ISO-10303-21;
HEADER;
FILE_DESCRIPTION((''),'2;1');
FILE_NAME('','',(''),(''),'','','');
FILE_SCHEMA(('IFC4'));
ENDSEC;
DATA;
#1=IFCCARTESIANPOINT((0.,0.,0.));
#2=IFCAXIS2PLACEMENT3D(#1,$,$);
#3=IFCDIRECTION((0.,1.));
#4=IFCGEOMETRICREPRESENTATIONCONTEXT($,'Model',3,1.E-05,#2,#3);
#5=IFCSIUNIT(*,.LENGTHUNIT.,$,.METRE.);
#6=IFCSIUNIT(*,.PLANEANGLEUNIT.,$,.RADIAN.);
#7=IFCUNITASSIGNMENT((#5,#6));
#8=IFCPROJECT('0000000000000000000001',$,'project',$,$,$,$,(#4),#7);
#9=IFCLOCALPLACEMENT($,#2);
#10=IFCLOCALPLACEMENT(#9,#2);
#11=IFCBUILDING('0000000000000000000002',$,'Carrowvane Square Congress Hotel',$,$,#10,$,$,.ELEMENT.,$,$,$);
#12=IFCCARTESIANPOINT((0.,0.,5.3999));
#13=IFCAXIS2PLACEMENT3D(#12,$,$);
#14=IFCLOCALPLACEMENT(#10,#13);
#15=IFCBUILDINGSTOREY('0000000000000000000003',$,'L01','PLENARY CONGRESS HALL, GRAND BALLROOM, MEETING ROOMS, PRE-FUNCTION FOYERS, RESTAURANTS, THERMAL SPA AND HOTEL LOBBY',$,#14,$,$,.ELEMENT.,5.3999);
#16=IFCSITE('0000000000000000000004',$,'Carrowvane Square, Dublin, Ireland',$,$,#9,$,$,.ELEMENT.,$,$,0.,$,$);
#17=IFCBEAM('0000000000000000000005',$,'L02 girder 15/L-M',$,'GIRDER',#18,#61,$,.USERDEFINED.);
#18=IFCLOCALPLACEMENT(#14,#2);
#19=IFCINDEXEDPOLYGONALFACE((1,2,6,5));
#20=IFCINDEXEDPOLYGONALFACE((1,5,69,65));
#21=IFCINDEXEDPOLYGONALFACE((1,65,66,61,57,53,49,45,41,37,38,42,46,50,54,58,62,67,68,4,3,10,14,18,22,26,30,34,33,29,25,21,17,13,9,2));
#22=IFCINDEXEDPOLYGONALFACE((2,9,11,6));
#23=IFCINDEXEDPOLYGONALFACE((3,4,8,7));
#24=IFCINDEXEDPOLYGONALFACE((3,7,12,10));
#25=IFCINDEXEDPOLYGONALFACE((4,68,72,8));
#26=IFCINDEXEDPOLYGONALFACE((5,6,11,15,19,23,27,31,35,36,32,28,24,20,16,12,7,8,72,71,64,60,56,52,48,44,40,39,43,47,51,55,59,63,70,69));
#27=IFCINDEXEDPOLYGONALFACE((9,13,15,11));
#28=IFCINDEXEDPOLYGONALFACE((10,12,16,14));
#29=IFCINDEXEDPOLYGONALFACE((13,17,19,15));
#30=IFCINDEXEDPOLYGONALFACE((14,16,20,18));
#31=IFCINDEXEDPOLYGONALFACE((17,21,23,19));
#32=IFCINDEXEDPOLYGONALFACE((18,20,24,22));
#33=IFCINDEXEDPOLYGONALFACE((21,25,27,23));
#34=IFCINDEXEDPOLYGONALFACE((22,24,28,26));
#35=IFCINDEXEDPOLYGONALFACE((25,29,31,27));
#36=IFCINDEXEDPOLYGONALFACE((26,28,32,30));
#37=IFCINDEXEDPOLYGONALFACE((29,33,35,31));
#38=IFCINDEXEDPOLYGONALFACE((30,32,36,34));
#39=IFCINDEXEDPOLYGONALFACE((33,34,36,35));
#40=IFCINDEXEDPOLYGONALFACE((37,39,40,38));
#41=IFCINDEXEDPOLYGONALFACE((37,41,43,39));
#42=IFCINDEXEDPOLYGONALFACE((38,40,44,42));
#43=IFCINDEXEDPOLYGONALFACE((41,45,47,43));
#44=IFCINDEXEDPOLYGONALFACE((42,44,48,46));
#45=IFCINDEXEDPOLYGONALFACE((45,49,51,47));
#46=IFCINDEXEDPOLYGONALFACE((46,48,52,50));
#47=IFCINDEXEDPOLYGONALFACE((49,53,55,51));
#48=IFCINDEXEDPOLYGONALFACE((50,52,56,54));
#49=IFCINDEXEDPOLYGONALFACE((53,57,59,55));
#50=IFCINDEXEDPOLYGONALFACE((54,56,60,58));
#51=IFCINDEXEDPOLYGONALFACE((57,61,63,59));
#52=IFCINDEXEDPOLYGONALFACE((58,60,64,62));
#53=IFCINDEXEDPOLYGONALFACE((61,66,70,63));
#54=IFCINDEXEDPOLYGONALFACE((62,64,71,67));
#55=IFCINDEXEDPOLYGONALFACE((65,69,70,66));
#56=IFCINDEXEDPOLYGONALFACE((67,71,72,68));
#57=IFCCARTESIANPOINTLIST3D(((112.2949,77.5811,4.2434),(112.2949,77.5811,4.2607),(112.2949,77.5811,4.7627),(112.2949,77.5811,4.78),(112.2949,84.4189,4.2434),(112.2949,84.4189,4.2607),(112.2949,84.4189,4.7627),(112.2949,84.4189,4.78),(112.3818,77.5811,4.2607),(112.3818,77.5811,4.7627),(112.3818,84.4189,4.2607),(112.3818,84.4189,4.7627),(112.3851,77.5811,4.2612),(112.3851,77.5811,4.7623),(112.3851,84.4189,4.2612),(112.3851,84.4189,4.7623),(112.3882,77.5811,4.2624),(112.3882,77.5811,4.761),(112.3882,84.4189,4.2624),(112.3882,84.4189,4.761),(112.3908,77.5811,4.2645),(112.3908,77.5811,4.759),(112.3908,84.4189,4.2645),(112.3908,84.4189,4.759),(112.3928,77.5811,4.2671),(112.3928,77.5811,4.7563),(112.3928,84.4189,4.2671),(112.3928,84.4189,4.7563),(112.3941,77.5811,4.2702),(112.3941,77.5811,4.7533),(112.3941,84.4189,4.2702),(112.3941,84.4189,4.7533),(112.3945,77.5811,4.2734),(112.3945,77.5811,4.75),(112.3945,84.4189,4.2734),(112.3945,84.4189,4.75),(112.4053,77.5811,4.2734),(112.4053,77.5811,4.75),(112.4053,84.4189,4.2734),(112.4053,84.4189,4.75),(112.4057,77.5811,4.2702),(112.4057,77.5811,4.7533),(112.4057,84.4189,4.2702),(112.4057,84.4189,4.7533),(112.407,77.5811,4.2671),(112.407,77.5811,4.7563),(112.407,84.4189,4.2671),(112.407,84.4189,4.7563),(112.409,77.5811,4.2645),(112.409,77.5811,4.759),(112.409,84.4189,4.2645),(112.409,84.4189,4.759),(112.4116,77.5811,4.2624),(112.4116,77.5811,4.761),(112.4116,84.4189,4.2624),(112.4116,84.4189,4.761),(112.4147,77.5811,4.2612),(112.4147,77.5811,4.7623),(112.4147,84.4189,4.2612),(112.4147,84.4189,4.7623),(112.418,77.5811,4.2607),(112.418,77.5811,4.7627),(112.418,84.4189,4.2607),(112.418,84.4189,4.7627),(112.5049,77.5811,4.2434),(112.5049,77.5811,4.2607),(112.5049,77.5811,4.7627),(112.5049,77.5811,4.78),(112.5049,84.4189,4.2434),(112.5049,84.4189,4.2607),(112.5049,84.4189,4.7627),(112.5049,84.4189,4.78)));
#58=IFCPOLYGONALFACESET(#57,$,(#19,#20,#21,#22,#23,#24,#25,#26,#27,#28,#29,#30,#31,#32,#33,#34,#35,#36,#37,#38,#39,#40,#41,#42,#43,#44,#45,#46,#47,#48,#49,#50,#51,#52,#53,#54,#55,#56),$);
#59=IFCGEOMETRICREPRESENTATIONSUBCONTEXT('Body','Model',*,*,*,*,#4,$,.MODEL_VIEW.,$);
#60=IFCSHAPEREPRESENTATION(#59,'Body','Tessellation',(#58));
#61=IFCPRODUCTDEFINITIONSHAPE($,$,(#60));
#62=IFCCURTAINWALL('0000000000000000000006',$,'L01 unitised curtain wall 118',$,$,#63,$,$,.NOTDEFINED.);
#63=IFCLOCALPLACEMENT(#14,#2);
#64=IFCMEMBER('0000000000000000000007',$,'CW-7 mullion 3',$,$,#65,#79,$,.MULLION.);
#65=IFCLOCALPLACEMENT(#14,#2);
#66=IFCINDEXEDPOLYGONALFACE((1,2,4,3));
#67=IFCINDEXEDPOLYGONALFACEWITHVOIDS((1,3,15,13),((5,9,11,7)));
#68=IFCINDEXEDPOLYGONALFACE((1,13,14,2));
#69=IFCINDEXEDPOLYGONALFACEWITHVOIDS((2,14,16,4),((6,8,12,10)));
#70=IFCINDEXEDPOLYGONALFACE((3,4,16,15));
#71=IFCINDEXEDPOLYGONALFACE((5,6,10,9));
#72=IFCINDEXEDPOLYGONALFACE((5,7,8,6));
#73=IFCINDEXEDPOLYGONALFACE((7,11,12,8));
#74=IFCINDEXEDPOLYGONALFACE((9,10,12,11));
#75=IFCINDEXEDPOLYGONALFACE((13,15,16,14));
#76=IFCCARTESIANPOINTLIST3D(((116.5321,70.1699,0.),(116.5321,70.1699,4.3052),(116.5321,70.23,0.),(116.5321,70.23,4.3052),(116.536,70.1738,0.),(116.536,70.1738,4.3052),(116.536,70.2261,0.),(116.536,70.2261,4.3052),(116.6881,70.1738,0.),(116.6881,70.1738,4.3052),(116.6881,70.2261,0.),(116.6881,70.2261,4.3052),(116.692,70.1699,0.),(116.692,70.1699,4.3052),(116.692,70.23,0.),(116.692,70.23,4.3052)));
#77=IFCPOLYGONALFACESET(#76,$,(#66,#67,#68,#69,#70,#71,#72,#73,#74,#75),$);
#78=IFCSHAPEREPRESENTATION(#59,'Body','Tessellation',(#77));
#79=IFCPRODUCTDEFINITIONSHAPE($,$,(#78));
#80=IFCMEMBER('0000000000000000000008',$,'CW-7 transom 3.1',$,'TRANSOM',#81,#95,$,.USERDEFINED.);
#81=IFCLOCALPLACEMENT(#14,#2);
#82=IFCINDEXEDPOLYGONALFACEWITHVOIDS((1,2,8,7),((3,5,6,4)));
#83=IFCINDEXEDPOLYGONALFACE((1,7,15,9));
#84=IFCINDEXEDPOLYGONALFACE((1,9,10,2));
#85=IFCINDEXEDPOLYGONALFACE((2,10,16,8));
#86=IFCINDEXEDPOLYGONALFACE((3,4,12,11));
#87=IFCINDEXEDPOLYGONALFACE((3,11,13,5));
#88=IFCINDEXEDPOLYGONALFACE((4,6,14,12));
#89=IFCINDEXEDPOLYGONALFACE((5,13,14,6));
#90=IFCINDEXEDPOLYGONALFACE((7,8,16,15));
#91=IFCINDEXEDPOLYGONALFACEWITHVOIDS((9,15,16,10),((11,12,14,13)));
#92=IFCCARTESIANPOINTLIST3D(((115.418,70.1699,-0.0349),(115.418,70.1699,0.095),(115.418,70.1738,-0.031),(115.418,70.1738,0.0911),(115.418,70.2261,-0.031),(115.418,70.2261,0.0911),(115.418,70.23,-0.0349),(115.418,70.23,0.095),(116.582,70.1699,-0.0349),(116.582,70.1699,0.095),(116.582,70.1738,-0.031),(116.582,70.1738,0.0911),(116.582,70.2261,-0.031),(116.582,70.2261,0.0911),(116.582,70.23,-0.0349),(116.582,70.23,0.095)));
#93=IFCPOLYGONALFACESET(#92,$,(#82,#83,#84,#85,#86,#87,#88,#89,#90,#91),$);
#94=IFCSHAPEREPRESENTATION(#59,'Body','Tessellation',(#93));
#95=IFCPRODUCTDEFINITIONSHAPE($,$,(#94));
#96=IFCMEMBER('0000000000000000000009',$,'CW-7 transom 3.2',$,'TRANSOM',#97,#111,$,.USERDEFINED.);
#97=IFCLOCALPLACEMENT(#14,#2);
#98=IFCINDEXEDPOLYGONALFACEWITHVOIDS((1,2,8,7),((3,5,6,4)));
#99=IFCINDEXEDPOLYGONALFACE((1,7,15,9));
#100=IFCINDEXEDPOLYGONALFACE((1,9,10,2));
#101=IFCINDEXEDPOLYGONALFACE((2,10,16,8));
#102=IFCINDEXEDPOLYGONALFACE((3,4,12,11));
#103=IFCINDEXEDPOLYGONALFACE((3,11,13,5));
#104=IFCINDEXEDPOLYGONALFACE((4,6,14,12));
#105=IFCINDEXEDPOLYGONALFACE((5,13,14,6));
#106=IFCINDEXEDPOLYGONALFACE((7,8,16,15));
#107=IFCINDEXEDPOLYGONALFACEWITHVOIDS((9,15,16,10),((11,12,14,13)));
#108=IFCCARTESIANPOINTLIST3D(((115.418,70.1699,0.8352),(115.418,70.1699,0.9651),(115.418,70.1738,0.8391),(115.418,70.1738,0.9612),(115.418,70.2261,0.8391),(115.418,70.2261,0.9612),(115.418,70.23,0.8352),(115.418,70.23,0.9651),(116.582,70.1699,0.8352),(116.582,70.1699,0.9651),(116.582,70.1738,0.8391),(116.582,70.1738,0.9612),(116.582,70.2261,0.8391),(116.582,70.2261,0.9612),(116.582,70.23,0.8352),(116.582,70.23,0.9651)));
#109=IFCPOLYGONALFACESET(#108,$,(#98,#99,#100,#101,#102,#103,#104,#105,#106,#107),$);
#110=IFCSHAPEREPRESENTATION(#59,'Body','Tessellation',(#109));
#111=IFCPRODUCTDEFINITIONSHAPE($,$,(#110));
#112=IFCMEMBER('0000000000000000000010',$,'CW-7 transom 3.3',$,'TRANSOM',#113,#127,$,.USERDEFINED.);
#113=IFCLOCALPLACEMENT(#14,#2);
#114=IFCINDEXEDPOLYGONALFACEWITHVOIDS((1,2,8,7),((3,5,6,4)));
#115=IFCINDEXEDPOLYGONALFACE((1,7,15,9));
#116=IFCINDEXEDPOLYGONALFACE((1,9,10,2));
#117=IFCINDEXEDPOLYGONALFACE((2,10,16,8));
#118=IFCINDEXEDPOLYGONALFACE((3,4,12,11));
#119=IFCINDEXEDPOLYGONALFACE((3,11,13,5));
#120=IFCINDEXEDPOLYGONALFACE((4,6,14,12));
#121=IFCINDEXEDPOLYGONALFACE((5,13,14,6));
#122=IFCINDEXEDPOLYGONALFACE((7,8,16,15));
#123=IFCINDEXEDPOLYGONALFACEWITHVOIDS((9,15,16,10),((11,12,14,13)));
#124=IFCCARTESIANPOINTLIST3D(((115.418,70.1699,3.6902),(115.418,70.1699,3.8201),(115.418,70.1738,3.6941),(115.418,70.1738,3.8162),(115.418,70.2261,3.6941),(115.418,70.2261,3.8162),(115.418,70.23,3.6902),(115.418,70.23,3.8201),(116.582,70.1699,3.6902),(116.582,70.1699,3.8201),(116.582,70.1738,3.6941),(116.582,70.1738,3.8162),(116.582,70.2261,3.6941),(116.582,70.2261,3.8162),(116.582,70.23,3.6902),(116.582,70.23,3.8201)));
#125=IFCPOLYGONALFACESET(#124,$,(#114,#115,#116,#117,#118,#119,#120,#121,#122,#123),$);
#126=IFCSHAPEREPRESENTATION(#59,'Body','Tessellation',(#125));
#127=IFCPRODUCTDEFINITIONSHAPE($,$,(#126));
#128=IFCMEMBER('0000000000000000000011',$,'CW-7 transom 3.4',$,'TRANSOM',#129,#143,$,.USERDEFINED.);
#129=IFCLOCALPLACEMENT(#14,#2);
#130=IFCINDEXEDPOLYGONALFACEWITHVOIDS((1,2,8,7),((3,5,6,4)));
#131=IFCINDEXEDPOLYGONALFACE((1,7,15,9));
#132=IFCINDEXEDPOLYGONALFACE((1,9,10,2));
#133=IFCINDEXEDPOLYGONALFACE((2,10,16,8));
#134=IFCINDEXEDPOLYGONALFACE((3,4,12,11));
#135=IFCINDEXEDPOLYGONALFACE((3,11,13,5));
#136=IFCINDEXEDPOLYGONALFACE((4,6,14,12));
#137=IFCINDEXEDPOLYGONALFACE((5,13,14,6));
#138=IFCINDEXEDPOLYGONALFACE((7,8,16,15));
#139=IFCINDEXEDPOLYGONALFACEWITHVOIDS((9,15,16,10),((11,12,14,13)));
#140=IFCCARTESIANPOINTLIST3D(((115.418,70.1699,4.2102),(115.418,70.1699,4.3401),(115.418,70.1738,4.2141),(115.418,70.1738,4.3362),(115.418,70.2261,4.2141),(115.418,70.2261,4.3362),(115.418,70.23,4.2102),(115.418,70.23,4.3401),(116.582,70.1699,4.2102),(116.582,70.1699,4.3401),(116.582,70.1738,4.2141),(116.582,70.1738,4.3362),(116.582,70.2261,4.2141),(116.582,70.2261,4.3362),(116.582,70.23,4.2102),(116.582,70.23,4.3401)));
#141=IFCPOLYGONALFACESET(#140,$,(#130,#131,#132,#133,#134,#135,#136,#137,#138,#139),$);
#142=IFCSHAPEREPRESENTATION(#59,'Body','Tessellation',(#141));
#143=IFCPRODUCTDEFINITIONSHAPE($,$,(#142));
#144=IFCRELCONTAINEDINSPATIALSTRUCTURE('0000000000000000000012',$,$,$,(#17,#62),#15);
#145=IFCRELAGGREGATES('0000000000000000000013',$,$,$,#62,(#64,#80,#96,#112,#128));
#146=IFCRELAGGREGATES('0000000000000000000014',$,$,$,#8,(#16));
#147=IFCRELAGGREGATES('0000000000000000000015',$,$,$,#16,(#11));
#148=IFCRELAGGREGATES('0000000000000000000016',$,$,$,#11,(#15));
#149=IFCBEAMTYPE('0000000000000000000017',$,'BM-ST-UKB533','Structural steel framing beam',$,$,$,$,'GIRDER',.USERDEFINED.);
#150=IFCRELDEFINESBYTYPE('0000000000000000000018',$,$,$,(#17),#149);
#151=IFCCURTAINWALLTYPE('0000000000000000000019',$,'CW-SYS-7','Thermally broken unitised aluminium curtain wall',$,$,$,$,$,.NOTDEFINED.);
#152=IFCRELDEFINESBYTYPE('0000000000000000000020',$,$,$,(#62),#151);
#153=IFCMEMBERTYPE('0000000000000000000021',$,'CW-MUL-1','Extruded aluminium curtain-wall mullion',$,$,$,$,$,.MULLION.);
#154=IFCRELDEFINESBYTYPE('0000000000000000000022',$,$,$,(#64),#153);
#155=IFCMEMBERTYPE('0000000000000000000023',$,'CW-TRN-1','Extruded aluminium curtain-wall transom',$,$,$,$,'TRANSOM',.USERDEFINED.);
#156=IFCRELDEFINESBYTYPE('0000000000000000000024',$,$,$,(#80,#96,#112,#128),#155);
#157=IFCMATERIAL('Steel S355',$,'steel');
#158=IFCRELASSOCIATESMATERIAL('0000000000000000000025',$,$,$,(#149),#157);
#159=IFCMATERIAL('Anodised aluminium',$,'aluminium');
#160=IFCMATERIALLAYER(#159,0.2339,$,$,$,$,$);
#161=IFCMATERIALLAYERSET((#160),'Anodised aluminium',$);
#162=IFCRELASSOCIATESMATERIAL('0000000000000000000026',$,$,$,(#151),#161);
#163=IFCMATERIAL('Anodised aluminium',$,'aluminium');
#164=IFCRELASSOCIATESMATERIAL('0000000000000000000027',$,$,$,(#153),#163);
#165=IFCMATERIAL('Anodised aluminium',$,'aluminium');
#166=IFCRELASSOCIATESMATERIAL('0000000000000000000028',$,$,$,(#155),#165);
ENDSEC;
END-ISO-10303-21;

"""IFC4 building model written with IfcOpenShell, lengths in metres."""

from ifc_helpers import new_model, si_unit, direction, frame, origin, origin_2d, place, context, subcontext, project, spatial, hollow_rectangle, i_section, extrude, material, layer, layer_set, material_profile, profile_set, type_object, element, aggregate, save


model = new_model("IFC4")

# Units and contexts
model_context = context("Model", 3, precision=1e-05, world=origin(), true_north=direction((0.0, 1.0)))
body_context = subcontext(model_context, "Body", "Model", "MODEL_VIEW")
ifc_project = project(units=[si_unit("LENGTHUNIT", "METRE"), si_unit("PLANEANGLEUNIT", "RADIAN")], contexts=[model_context])

# Site, building, storey
site_placement = place(None, origin())
site = spatial("IfcSite", under=ifc_project, at=site_placement, Name="Carrowvane Square, Dublin, Ireland", CompositionType="ELEMENT", RefElevation=0.0)
building_placement = place(site_placement, origin())
building = spatial("IfcBuilding", under=site, at=building_placement, Name="Carrowvane Square Congress Hotel", CompositionType="ELEMENT")
storey_placement = place(building_placement, frame((0.0, 0.0, 5.3999)))
storey = spatial("IfcBuildingStorey", under=building, at=storey_placement, Name="L01", Description="PLENARY CONGRESS HALL, GRAND BALLROOM, MEETING ROOMS, PRE-FUNCTION FOYERS, RESTAURANTS, THERMAL SPA AND HOTEL LOBBY", CompositionType="ELEMENT", Elevation=5.3999)

# Beam
ifc_material_1 = material(Name="Steel S355", Category="steel")
ifc_material_profile_1 = material_profile(ifc_material_1, i_section(OverallWidth=0.21, OverallDepth=0.5366, WebThickness=0.0107, FlangeThickness=0.0173, FilletRadius=0.0127, at=origin_2d()), Name="UKB 533x210x101")
ifc_profile_set_1 = profile_set([ifc_material_profile_1], Name="Steel S355")
beam_type_1 = type_object("IfcBeamType", Name="BM-ST-UKB533", Description="Structural steel framing beam", ElementType="GIRDER", PredefinedType="USERDEFINED", material=ifc_profile_set_1)
for number, where, z_axis, x_axis, name in (
    (1, (112.3999, 77.5811, 4.5117), (0.0, 1.0, 0.0), (-1.0, 0.0, 0.0), "L02 girder 15/L-M"),
):
    element("IfcBeam", number, at=place(storey_placement, frame(where, z_axis=z_axis, x_axis=x_axis)), inside=storey, type_object=beam_type_1, Name=name, ObjectType="GIRDER", PredefinedType="USERDEFINED", context=body_context, shape_type="SweptSolid", body=[
        extrude(i_section(OverallWidth=0.21, OverallDepth=0.5366, WebThickness=0.0107, FlangeThickness=0.0173, FilletRadius=0.0127, at=origin_2d()), origin(), (0.0, 0.0, 1.0), 6.8379),
    ])

# Curtain wall, members
ifc_material_2 = material(Name="Anodised aluminium", Category="aluminium")
ifc_layer_1 = layer(ifc_material_2, 0.2339)
ifc_layer_set_1 = layer_set([ifc_layer_1], Name="Anodised aluminium")
curtain_wall_type = type_object("IfcCurtainWallType", Name="CW-SYS-7", Description="Thermally broken unitised aluminium curtain wall", PredefinedType="NOTDEFINED", material=ifc_layer_set_1)
curtain_wall_placement = place(storey_placement, origin())
curtain_wall = element("IfcCurtainWall", 2, at=curtain_wall_placement, inside=storey, type_object=curtain_wall_type, Name="L01 unitised curtain wall 118", PredefinedType="NOTDEFINED")
ifc_material_3 = material(Name="Anodised aluminium", Category="aluminium")
ifc_material_profile_2 = material_profile(ifc_material_3, hollow_rectangle(XDim=0.0601, YDim=0.1599, WallThickness=0.0039, at=origin_2d()), Name="CW-ML 60x160x4")
ifc_profile_set_2 = profile_set([ifc_material_profile_2], Name="Anodised aluminium")
member_type_1 = type_object("IfcMemberType", Name="CW-MUL-1", Description="Extruded aluminium curtain-wall mullion", PredefinedType="MULLION", material=ifc_profile_set_2)
member_1_placement = place(storey_placement, frame((116.6121, 70.2, 0.0), z_axis=(0.0, 0.0, 1.0), x_axis=(0.0, -1.0, 0.0)))
member_1 = element("IfcMember", 3, at=member_1_placement, type_object=member_type_1, Name="CW-7 mullion 3", PredefinedType="MULLION", context=body_context, shape_type="SweptSolid", body=[
    extrude(hollow_rectangle(XDim=0.0601, YDim=0.1599, WallThickness=0.0039, at=origin_2d()), origin(), (0.0, 0.0, 1.0), 4.3052),
])
ifc_material_4 = material(Name="Anodised aluminium", Category="aluminium")
ifc_material_profile_3 = material_profile(ifc_material_4, hollow_rectangle(XDim=0.0601, YDim=0.1299, WallThickness=0.0039, at=origin_2d()), Name="CW-TR 60x130x4")
ifc_profile_set_3 = profile_set([ifc_material_profile_3], Name="Anodised aluminium")
member_type_2 = type_object("IfcMemberType", Name="CW-TRN-1", Description="Extruded aluminium curtain-wall transom", ElementType="TRANSOM", PredefinedType="USERDEFINED", material=ifc_profile_set_3)
member_2_placement = place(storey_placement, frame((116.582, 70.2, 0.03), z_axis=(-1.0, 0.0, 0.0), x_axis=(0.0, -1.0, 0.0)))
member_2 = element("IfcMember", 4, at=member_2_placement, type_object=member_type_2, Name="CW-7 transom 3.1", ObjectType="TRANSOM", PredefinedType="USERDEFINED", context=body_context, shape_type="SweptSolid", body=[
    extrude(hollow_rectangle(XDim=0.0601, YDim=0.1299, WallThickness=0.0039, at=origin_2d()), origin(), (0.0, 0.0, 1.0), 1.1641),
])
member_3_placement = place(storey_placement, frame((116.582, 70.2, 0.9001), z_axis=(-1.0, 0.0, 0.0), x_axis=(0.0, -1.0, 0.0)))
member_3 = element("IfcMember", 5, at=member_3_placement, type_object=member_type_2, Name="CW-7 transom 3.2", ObjectType="TRANSOM", PredefinedType="USERDEFINED", context=body_context, shape_type="SweptSolid", body=[
    extrude(hollow_rectangle(XDim=0.0601, YDim=0.1299, WallThickness=0.0039, at=origin_2d()), origin(), (0.0, 0.0, 1.0), 1.1641),
])
member_4_placement = place(storey_placement, frame((116.582, 70.2, 3.7551), z_axis=(-1.0, 0.0, 0.0), x_axis=(0.0, -1.0, 0.0)))
member_4 = element("IfcMember", 6, at=member_4_placement, type_object=member_type_2, Name="CW-7 transom 3.3", ObjectType="TRANSOM", PredefinedType="USERDEFINED", context=body_context, shape_type="SweptSolid", body=[
    extrude(hollow_rectangle(XDim=0.0601, YDim=0.1299, WallThickness=0.0039, at=origin_2d()), origin(), (0.0, 0.0, 1.0), 1.1641),
])
member_5_placement = place(storey_placement, frame((116.582, 70.2, 4.2751), z_axis=(-1.0, 0.0, 0.0), x_axis=(0.0, -1.0, 0.0)))
member_5 = element("IfcMember", 7, at=member_5_placement, type_object=member_type_2, Name="CW-7 transom 3.4", ObjectType="TRANSOM", PredefinedType="USERDEFINED", context=body_context, shape_type="SweptSolid", body=[
    extrude(hollow_rectangle(XDim=0.0601, YDim=0.1299, WallThickness=0.0039, at=origin_2d()), origin(), (0.0, 0.0, 1.0), 1.1641),
])

aggregate(curtain_wall, [member_1, member_2, member_3, member_4, member_5])

save(model, "model.ifc")
